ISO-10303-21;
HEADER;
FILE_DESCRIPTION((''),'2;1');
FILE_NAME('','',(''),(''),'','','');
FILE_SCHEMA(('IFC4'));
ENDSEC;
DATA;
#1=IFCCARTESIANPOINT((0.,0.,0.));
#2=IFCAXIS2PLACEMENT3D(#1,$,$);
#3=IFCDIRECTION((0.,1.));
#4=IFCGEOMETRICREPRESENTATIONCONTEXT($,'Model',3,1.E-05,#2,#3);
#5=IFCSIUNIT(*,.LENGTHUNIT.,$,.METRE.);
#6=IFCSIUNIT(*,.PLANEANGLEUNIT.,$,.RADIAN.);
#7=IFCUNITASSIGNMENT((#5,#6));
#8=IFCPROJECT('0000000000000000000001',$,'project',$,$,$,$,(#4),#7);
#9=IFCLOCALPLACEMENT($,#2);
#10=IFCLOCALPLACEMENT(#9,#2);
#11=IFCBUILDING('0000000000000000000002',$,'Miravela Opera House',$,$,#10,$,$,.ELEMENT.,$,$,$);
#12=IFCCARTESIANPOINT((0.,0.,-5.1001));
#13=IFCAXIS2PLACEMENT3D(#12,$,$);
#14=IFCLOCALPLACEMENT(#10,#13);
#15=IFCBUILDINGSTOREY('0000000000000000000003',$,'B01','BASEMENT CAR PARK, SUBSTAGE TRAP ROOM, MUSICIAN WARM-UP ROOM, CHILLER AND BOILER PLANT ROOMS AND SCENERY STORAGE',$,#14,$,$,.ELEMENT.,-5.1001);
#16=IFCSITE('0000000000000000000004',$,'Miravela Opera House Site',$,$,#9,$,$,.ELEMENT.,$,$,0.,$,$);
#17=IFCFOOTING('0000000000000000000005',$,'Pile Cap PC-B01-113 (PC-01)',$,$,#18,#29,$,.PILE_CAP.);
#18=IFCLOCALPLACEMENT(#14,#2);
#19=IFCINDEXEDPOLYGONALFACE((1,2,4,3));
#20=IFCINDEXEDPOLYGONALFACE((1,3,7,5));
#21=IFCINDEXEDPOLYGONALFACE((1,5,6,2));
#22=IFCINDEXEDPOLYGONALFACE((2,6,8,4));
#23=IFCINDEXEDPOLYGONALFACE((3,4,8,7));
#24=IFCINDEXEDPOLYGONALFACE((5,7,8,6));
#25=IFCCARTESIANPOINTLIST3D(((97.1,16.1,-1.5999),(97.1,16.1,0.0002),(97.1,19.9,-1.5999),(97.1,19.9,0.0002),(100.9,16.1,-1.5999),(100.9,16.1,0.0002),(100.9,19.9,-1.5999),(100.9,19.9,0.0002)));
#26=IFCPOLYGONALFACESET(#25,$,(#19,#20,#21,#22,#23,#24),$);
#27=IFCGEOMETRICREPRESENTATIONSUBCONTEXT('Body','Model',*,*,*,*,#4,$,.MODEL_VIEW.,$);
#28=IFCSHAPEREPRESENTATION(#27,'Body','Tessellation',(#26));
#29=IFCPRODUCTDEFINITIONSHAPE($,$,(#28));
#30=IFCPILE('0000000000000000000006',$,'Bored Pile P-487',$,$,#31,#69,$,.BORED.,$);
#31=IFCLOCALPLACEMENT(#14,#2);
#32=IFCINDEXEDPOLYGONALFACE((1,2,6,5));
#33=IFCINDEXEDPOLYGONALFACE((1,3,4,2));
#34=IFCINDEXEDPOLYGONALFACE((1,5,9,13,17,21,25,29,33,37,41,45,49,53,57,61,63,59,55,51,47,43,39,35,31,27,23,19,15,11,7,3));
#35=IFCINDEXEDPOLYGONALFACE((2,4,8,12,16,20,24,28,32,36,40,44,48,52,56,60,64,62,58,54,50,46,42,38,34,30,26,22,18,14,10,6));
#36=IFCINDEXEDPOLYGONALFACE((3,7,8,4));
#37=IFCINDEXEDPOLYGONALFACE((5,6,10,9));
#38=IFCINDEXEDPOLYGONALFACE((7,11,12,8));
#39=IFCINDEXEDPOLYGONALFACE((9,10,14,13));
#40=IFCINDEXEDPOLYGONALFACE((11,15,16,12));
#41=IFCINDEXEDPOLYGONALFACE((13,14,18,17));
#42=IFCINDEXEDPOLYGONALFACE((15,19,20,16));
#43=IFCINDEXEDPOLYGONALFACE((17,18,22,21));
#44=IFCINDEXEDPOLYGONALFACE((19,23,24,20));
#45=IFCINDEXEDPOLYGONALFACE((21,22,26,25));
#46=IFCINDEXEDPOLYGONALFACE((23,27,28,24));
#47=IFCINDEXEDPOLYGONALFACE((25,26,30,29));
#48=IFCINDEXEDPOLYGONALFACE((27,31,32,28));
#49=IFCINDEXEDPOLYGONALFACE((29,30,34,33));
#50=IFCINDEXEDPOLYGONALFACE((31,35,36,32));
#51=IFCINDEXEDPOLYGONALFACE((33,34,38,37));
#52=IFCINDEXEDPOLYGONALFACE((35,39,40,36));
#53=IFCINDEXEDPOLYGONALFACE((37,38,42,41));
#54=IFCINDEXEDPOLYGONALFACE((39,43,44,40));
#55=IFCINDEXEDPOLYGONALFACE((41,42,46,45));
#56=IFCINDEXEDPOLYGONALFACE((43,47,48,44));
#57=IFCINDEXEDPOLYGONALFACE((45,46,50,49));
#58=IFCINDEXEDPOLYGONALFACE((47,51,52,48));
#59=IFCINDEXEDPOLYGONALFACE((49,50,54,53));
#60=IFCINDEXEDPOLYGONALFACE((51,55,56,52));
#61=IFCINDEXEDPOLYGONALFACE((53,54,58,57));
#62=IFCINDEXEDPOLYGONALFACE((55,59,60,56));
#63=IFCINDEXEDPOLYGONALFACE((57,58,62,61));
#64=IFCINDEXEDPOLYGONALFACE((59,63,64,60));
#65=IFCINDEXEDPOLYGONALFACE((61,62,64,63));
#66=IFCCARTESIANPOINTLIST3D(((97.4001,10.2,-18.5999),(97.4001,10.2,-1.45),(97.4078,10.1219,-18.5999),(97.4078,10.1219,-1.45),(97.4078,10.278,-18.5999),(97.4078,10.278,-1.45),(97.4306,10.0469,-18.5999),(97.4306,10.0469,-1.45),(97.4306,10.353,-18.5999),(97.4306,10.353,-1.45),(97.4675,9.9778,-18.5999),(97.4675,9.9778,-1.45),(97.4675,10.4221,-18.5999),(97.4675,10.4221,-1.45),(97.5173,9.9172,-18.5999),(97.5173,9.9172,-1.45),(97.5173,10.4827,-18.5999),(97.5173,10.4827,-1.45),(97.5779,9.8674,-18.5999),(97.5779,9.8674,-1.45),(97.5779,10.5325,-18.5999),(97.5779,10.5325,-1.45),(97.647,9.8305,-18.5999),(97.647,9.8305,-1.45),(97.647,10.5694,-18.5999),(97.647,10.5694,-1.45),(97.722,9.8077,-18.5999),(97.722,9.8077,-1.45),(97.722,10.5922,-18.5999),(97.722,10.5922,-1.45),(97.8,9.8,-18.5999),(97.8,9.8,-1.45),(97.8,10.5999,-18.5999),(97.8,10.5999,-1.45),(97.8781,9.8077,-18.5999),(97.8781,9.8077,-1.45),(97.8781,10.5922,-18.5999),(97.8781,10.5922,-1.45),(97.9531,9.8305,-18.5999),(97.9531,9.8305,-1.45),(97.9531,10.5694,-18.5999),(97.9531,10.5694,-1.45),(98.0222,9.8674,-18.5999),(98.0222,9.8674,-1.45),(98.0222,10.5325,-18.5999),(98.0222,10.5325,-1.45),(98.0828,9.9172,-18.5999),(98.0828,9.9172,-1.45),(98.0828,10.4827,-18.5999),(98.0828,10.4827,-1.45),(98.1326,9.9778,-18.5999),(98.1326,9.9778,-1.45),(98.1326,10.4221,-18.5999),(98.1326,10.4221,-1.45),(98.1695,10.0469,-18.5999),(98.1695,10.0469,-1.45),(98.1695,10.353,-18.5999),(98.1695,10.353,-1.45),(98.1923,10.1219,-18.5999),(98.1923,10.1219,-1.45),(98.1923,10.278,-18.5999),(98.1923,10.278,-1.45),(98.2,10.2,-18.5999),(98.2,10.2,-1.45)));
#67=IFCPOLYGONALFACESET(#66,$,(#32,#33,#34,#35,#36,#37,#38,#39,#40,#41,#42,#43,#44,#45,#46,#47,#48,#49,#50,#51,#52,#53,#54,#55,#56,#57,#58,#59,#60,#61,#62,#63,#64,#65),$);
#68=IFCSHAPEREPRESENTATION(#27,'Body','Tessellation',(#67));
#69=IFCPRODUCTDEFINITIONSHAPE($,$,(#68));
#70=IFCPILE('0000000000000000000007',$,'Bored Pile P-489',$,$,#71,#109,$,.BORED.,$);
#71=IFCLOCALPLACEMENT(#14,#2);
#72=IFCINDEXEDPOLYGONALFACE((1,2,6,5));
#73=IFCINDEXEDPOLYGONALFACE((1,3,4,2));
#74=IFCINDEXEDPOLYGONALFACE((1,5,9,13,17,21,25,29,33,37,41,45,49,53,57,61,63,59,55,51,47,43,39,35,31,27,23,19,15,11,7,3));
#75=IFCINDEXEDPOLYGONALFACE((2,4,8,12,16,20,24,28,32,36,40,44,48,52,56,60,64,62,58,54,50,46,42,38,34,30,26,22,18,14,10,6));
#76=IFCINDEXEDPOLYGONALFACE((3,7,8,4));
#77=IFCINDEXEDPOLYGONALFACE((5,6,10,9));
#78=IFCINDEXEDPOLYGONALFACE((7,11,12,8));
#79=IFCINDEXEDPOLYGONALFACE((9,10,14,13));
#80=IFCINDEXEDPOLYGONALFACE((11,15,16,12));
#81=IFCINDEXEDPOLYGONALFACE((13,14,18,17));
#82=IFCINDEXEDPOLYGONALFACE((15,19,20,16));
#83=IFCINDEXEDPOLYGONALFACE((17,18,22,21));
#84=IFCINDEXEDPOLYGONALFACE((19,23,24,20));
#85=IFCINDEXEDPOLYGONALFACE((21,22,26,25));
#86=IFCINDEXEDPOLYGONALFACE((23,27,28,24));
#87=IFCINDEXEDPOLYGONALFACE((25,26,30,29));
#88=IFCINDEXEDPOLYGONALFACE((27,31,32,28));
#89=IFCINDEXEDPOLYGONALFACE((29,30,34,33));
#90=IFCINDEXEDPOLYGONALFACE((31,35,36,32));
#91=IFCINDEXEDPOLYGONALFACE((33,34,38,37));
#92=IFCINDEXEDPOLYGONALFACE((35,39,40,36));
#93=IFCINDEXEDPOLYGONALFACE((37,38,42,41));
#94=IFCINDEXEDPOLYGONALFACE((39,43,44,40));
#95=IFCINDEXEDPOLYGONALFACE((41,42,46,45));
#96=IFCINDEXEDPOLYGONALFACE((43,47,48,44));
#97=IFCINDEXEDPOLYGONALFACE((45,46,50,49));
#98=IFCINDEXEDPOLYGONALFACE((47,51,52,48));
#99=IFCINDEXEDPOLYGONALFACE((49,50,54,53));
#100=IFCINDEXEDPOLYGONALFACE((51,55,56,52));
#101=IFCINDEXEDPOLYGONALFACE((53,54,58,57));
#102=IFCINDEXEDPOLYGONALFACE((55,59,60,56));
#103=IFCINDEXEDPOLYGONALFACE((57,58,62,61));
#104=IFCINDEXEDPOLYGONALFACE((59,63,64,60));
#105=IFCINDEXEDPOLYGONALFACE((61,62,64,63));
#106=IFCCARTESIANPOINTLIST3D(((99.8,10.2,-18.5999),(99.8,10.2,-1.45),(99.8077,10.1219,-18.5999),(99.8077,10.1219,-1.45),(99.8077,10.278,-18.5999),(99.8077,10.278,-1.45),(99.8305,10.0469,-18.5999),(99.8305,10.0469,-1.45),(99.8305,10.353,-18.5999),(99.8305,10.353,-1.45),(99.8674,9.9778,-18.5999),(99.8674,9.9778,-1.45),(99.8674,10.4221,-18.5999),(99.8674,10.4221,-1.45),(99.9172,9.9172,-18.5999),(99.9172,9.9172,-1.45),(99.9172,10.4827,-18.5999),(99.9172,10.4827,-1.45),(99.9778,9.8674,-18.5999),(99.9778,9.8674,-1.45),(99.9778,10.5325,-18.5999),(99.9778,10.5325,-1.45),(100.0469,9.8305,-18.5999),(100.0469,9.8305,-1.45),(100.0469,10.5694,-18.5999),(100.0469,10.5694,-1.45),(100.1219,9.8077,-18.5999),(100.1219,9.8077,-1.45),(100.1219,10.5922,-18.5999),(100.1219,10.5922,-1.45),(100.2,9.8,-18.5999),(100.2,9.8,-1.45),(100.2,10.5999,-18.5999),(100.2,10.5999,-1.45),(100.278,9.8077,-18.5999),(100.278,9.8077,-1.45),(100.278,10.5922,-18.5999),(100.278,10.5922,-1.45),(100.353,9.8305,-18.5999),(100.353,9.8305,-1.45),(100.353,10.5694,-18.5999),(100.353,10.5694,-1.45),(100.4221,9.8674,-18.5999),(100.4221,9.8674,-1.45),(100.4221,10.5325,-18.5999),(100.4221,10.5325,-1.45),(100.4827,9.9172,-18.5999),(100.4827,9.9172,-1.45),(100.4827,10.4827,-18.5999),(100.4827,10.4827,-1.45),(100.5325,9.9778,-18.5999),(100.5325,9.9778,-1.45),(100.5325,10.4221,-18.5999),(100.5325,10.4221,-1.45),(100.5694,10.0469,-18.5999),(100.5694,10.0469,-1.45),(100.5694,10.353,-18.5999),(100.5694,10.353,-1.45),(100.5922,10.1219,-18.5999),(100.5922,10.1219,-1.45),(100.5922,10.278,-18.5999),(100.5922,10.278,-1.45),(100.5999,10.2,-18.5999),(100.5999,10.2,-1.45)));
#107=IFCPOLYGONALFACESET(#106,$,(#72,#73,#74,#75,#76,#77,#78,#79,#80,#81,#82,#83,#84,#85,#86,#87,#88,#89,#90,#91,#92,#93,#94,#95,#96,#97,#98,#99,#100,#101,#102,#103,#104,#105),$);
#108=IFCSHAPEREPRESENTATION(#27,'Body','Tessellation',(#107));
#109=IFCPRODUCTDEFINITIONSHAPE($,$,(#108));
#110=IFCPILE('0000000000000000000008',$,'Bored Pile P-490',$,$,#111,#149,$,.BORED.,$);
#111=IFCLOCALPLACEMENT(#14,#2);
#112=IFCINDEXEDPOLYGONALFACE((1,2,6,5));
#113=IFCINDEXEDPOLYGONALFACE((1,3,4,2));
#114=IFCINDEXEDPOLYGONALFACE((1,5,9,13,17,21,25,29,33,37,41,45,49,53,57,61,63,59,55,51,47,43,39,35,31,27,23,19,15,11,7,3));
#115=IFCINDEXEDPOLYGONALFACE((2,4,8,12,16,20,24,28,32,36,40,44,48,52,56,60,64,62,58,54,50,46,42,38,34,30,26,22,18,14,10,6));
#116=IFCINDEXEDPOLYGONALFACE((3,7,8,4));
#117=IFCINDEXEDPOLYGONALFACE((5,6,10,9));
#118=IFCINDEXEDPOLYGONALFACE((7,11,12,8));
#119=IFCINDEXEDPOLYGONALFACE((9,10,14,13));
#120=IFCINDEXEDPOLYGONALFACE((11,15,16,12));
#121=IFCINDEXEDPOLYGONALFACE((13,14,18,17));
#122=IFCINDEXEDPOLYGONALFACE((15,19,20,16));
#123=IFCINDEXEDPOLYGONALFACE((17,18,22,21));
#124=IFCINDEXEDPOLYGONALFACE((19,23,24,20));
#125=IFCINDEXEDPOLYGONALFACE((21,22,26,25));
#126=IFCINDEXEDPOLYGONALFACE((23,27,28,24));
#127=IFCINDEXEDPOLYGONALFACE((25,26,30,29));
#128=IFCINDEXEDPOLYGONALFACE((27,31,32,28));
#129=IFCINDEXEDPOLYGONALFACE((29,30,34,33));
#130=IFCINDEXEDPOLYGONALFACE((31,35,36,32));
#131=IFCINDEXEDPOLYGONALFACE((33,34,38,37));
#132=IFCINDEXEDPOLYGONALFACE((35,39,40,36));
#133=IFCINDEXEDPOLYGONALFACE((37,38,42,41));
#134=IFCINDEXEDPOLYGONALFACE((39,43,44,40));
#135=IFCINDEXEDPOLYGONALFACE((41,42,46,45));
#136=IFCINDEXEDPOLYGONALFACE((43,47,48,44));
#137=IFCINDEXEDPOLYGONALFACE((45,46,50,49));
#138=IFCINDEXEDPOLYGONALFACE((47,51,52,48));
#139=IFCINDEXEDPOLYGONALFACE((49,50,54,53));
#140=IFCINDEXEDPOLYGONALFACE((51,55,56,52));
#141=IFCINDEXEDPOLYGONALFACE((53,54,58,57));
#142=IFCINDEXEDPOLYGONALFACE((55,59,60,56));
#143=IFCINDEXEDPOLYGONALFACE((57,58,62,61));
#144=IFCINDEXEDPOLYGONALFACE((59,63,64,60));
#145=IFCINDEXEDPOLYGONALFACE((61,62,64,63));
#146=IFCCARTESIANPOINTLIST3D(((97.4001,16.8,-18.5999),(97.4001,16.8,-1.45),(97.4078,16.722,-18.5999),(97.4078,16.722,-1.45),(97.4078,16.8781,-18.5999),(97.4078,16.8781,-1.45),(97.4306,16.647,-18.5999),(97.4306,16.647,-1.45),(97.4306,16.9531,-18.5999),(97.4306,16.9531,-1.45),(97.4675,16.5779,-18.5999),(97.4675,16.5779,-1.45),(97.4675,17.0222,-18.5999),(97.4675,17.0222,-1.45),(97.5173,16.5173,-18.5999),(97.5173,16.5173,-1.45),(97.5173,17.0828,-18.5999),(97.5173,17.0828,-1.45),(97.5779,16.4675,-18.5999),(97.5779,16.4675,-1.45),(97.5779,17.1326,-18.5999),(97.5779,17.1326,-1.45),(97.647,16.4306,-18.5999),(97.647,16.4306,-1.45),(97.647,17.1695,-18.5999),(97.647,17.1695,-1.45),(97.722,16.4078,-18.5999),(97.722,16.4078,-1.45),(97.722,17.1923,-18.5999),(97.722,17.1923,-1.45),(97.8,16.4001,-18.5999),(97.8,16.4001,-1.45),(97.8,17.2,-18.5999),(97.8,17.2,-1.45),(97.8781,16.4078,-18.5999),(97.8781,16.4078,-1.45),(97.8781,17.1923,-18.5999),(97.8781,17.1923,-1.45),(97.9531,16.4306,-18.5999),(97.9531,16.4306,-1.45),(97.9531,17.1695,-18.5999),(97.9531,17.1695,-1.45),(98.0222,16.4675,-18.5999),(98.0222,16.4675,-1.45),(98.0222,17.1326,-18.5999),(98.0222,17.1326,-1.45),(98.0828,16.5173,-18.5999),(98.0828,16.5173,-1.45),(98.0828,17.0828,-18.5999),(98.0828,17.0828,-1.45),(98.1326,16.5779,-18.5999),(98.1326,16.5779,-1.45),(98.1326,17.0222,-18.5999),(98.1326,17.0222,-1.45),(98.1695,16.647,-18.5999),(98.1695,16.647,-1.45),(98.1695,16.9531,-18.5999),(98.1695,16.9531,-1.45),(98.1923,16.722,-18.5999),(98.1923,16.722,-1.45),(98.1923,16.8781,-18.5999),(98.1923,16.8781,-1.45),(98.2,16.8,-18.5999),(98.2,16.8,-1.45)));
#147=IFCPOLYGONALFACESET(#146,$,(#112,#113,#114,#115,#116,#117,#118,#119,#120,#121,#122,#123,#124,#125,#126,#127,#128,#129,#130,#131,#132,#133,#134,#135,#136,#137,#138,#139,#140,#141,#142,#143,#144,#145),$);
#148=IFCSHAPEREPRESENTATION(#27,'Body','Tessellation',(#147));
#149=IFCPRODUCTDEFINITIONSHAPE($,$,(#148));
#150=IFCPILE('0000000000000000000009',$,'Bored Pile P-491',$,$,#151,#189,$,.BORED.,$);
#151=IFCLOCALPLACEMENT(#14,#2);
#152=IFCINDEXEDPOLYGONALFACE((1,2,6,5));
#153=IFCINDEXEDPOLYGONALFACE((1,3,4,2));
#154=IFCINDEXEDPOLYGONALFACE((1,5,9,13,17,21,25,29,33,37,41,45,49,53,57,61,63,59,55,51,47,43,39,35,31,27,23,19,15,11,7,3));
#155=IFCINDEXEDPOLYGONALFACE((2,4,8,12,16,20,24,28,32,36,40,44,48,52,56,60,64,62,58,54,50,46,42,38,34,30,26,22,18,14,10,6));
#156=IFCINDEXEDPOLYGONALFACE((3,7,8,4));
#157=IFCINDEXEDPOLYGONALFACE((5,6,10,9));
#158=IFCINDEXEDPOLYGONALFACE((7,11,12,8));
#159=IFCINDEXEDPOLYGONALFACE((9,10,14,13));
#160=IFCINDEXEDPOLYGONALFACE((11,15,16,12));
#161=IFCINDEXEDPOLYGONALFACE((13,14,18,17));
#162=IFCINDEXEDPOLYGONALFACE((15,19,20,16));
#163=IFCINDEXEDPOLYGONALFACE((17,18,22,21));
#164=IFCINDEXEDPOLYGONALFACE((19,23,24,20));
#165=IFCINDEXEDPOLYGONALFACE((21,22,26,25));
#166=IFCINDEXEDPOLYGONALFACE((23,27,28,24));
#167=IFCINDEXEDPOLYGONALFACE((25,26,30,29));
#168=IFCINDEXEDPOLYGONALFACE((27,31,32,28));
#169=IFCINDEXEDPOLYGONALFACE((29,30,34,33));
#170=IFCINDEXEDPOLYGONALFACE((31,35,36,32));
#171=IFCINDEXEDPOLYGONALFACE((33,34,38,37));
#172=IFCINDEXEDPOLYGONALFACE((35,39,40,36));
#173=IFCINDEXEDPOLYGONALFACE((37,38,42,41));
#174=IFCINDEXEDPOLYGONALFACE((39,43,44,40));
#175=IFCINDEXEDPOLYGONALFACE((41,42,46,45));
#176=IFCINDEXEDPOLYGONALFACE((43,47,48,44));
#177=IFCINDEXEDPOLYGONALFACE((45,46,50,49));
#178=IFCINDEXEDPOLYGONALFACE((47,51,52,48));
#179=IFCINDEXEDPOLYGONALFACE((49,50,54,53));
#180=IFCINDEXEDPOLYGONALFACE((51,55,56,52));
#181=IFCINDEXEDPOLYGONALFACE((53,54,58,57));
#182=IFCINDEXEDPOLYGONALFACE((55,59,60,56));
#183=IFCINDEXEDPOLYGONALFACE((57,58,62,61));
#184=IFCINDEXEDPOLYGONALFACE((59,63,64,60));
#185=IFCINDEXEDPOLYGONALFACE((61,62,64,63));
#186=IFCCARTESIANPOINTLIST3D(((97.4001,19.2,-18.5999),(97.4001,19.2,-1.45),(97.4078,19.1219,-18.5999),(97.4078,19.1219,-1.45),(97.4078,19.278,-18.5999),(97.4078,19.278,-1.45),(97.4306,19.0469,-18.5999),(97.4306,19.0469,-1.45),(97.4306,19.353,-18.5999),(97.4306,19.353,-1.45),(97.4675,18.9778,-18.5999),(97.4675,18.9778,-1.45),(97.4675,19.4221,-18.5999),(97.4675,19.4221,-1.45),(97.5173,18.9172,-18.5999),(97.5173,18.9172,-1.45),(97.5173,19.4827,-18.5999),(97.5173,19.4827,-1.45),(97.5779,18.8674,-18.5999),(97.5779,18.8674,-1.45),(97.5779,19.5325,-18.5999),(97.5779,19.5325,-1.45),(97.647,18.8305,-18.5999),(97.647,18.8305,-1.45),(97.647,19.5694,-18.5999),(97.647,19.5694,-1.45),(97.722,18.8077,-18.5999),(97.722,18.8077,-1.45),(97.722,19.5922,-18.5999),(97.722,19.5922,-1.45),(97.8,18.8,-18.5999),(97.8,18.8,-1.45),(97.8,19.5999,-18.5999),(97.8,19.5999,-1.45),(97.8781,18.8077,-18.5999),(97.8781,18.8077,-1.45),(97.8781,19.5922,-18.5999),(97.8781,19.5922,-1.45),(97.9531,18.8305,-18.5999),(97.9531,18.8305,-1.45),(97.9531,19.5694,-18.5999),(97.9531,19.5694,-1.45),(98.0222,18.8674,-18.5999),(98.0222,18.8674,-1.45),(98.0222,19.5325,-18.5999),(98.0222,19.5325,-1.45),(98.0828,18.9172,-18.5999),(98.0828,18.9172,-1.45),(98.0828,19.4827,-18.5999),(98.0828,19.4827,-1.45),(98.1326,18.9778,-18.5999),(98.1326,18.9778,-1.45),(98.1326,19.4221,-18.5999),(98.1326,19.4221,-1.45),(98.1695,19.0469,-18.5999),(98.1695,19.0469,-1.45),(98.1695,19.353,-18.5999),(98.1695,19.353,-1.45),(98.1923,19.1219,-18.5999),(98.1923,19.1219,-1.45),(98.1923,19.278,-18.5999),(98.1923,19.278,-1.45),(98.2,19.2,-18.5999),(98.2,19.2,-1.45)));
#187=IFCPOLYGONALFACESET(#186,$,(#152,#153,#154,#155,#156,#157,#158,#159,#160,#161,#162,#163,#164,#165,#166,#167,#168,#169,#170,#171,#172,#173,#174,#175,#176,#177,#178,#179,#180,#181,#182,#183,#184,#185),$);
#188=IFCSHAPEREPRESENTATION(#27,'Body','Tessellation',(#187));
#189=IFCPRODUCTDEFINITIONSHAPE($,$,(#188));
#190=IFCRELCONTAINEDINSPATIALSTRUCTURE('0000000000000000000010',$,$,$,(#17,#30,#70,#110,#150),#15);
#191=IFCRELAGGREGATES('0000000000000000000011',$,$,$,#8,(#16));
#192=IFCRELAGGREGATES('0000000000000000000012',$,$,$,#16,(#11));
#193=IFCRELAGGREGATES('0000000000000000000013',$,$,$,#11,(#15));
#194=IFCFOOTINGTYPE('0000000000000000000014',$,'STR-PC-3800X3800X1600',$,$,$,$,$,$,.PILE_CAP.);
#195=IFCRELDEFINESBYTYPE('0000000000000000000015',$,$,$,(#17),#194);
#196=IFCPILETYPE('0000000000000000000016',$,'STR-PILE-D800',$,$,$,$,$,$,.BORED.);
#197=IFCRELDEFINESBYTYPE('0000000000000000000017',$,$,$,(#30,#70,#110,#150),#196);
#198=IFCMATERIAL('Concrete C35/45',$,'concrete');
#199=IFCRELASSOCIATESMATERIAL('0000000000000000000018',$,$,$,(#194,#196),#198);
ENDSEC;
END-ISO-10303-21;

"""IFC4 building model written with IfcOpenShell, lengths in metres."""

from ifc_helpers import new_model, si_unit, direction, frame, origin, origin_2d, place, context, subcontext, project, spatial, rectangle, circle, extrude, material, material_profile, profile_set, type_object, element, save


model = new_model("IFC4")

# Units and contexts
model_context = context("Model", 3, precision=1e-05, world=origin(), true_north=direction((0.0, 1.0)))
body_context = subcontext(model_context, "Body", "Model", "MODEL_VIEW")
ifc_project = project(units=[si_unit("LENGTHUNIT", "METRE"), si_unit("PLANEANGLEUNIT", "RADIAN")], contexts=[model_context])

# Site, building, storey
site_placement = place(None, origin())
site = spatial("IfcSite", under=ifc_project, at=site_placement, Name="Miravela Opera House Site", CompositionType="ELEMENT", RefElevation=0.0)
building_placement = place(site_placement, origin())
building = spatial("IfcBuilding", under=site, at=building_placement, Name="Miravela Opera House", CompositionType="ELEMENT")
storey_placement = place(building_placement, frame((0.0, 0.0, -5.1001)))
storey = spatial("IfcBuildingStorey", under=building, at=storey_placement, Name="B01", Description="BASEMENT CAR PARK, SUBSTAGE TRAP ROOM, MUSICIAN WARM-UP ROOM, CHILLER AND BOILER PLANT ROOMS AND SCENERY STORAGE", CompositionType="ELEMENT", Elevation=-5.1001)

# Footing
ifc_material_1 = material(Name="Concrete C35/45", Category="concrete")
footing_type = type_object("IfcFootingType", Name="STR-PC-3800X3800X1600", PredefinedType="PILE_CAP", material=ifc_material_1)
footing_placement = place(storey_placement, frame((99.0, 18.0, -1.5999), z_axis=(0.0, 0.0, 1.0), x_axis=(1.0, 0.0, 0.0)))
element("IfcFooting", 1, at=footing_placement, inside=storey, type_object=footing_type, Name="Pile Cap PC-B01-113 (PC-01)", PredefinedType="PILE_CAP", context=body_context, shape_type="SweptSolid", body=[
    extrude(rectangle(XDim=3.8, YDim=3.8, at=origin_2d()), origin(), (0.0, 0.0, 1.0), 1.6001),
])

# Piles
ifc_material_profile_1 = material_profile(ifc_material_1, circle(Radius=0.3999, at=origin_2d()), Name="PILE-D800")
ifc_profile_set_1 = profile_set([ifc_material_profile_1])
pile_type_1 = type_object("IfcPileType", Name="STR-PILE-D800", PredefinedType="BORED", material=ifc_profile_set_1)
for number, where, z_axis, x_axis, name in (
    (2, (97.8, 10.2, -1.45), (0.0, 0.0, -1.0), (1.0, 0.0, 0.0), "Bored Pile P-487"),
    (3, (100.2, 10.2, -1.45), (0.0, 0.0, -1.0), (1.0, 0.0, 0.0), "Bored Pile P-489"),
    (4, (97.8, 16.8, -1.45), (0.0, 0.0, -1.0), (1.0, 0.0, 0.0), "Bored Pile P-490"),
    (5, (97.8, 19.2, -1.45), (0.0, 0.0, -1.0), (1.0, 0.0, 0.0), "Bored Pile P-491"),
):
    element("IfcPile", number, at=place(storey_placement, frame(where, z_axis=z_axis, x_axis=x_axis)), inside=storey, type_object=pile_type_1, Name=name, PredefinedType="BORED", context=body_context, shape_type="SweptSolid", body=[
        extrude(circle(Radius=0.3999, at=origin_2d()), origin(), (0.0, 0.0, 1.0), 17.1499),
    ])

save(model, "model.ifc")
